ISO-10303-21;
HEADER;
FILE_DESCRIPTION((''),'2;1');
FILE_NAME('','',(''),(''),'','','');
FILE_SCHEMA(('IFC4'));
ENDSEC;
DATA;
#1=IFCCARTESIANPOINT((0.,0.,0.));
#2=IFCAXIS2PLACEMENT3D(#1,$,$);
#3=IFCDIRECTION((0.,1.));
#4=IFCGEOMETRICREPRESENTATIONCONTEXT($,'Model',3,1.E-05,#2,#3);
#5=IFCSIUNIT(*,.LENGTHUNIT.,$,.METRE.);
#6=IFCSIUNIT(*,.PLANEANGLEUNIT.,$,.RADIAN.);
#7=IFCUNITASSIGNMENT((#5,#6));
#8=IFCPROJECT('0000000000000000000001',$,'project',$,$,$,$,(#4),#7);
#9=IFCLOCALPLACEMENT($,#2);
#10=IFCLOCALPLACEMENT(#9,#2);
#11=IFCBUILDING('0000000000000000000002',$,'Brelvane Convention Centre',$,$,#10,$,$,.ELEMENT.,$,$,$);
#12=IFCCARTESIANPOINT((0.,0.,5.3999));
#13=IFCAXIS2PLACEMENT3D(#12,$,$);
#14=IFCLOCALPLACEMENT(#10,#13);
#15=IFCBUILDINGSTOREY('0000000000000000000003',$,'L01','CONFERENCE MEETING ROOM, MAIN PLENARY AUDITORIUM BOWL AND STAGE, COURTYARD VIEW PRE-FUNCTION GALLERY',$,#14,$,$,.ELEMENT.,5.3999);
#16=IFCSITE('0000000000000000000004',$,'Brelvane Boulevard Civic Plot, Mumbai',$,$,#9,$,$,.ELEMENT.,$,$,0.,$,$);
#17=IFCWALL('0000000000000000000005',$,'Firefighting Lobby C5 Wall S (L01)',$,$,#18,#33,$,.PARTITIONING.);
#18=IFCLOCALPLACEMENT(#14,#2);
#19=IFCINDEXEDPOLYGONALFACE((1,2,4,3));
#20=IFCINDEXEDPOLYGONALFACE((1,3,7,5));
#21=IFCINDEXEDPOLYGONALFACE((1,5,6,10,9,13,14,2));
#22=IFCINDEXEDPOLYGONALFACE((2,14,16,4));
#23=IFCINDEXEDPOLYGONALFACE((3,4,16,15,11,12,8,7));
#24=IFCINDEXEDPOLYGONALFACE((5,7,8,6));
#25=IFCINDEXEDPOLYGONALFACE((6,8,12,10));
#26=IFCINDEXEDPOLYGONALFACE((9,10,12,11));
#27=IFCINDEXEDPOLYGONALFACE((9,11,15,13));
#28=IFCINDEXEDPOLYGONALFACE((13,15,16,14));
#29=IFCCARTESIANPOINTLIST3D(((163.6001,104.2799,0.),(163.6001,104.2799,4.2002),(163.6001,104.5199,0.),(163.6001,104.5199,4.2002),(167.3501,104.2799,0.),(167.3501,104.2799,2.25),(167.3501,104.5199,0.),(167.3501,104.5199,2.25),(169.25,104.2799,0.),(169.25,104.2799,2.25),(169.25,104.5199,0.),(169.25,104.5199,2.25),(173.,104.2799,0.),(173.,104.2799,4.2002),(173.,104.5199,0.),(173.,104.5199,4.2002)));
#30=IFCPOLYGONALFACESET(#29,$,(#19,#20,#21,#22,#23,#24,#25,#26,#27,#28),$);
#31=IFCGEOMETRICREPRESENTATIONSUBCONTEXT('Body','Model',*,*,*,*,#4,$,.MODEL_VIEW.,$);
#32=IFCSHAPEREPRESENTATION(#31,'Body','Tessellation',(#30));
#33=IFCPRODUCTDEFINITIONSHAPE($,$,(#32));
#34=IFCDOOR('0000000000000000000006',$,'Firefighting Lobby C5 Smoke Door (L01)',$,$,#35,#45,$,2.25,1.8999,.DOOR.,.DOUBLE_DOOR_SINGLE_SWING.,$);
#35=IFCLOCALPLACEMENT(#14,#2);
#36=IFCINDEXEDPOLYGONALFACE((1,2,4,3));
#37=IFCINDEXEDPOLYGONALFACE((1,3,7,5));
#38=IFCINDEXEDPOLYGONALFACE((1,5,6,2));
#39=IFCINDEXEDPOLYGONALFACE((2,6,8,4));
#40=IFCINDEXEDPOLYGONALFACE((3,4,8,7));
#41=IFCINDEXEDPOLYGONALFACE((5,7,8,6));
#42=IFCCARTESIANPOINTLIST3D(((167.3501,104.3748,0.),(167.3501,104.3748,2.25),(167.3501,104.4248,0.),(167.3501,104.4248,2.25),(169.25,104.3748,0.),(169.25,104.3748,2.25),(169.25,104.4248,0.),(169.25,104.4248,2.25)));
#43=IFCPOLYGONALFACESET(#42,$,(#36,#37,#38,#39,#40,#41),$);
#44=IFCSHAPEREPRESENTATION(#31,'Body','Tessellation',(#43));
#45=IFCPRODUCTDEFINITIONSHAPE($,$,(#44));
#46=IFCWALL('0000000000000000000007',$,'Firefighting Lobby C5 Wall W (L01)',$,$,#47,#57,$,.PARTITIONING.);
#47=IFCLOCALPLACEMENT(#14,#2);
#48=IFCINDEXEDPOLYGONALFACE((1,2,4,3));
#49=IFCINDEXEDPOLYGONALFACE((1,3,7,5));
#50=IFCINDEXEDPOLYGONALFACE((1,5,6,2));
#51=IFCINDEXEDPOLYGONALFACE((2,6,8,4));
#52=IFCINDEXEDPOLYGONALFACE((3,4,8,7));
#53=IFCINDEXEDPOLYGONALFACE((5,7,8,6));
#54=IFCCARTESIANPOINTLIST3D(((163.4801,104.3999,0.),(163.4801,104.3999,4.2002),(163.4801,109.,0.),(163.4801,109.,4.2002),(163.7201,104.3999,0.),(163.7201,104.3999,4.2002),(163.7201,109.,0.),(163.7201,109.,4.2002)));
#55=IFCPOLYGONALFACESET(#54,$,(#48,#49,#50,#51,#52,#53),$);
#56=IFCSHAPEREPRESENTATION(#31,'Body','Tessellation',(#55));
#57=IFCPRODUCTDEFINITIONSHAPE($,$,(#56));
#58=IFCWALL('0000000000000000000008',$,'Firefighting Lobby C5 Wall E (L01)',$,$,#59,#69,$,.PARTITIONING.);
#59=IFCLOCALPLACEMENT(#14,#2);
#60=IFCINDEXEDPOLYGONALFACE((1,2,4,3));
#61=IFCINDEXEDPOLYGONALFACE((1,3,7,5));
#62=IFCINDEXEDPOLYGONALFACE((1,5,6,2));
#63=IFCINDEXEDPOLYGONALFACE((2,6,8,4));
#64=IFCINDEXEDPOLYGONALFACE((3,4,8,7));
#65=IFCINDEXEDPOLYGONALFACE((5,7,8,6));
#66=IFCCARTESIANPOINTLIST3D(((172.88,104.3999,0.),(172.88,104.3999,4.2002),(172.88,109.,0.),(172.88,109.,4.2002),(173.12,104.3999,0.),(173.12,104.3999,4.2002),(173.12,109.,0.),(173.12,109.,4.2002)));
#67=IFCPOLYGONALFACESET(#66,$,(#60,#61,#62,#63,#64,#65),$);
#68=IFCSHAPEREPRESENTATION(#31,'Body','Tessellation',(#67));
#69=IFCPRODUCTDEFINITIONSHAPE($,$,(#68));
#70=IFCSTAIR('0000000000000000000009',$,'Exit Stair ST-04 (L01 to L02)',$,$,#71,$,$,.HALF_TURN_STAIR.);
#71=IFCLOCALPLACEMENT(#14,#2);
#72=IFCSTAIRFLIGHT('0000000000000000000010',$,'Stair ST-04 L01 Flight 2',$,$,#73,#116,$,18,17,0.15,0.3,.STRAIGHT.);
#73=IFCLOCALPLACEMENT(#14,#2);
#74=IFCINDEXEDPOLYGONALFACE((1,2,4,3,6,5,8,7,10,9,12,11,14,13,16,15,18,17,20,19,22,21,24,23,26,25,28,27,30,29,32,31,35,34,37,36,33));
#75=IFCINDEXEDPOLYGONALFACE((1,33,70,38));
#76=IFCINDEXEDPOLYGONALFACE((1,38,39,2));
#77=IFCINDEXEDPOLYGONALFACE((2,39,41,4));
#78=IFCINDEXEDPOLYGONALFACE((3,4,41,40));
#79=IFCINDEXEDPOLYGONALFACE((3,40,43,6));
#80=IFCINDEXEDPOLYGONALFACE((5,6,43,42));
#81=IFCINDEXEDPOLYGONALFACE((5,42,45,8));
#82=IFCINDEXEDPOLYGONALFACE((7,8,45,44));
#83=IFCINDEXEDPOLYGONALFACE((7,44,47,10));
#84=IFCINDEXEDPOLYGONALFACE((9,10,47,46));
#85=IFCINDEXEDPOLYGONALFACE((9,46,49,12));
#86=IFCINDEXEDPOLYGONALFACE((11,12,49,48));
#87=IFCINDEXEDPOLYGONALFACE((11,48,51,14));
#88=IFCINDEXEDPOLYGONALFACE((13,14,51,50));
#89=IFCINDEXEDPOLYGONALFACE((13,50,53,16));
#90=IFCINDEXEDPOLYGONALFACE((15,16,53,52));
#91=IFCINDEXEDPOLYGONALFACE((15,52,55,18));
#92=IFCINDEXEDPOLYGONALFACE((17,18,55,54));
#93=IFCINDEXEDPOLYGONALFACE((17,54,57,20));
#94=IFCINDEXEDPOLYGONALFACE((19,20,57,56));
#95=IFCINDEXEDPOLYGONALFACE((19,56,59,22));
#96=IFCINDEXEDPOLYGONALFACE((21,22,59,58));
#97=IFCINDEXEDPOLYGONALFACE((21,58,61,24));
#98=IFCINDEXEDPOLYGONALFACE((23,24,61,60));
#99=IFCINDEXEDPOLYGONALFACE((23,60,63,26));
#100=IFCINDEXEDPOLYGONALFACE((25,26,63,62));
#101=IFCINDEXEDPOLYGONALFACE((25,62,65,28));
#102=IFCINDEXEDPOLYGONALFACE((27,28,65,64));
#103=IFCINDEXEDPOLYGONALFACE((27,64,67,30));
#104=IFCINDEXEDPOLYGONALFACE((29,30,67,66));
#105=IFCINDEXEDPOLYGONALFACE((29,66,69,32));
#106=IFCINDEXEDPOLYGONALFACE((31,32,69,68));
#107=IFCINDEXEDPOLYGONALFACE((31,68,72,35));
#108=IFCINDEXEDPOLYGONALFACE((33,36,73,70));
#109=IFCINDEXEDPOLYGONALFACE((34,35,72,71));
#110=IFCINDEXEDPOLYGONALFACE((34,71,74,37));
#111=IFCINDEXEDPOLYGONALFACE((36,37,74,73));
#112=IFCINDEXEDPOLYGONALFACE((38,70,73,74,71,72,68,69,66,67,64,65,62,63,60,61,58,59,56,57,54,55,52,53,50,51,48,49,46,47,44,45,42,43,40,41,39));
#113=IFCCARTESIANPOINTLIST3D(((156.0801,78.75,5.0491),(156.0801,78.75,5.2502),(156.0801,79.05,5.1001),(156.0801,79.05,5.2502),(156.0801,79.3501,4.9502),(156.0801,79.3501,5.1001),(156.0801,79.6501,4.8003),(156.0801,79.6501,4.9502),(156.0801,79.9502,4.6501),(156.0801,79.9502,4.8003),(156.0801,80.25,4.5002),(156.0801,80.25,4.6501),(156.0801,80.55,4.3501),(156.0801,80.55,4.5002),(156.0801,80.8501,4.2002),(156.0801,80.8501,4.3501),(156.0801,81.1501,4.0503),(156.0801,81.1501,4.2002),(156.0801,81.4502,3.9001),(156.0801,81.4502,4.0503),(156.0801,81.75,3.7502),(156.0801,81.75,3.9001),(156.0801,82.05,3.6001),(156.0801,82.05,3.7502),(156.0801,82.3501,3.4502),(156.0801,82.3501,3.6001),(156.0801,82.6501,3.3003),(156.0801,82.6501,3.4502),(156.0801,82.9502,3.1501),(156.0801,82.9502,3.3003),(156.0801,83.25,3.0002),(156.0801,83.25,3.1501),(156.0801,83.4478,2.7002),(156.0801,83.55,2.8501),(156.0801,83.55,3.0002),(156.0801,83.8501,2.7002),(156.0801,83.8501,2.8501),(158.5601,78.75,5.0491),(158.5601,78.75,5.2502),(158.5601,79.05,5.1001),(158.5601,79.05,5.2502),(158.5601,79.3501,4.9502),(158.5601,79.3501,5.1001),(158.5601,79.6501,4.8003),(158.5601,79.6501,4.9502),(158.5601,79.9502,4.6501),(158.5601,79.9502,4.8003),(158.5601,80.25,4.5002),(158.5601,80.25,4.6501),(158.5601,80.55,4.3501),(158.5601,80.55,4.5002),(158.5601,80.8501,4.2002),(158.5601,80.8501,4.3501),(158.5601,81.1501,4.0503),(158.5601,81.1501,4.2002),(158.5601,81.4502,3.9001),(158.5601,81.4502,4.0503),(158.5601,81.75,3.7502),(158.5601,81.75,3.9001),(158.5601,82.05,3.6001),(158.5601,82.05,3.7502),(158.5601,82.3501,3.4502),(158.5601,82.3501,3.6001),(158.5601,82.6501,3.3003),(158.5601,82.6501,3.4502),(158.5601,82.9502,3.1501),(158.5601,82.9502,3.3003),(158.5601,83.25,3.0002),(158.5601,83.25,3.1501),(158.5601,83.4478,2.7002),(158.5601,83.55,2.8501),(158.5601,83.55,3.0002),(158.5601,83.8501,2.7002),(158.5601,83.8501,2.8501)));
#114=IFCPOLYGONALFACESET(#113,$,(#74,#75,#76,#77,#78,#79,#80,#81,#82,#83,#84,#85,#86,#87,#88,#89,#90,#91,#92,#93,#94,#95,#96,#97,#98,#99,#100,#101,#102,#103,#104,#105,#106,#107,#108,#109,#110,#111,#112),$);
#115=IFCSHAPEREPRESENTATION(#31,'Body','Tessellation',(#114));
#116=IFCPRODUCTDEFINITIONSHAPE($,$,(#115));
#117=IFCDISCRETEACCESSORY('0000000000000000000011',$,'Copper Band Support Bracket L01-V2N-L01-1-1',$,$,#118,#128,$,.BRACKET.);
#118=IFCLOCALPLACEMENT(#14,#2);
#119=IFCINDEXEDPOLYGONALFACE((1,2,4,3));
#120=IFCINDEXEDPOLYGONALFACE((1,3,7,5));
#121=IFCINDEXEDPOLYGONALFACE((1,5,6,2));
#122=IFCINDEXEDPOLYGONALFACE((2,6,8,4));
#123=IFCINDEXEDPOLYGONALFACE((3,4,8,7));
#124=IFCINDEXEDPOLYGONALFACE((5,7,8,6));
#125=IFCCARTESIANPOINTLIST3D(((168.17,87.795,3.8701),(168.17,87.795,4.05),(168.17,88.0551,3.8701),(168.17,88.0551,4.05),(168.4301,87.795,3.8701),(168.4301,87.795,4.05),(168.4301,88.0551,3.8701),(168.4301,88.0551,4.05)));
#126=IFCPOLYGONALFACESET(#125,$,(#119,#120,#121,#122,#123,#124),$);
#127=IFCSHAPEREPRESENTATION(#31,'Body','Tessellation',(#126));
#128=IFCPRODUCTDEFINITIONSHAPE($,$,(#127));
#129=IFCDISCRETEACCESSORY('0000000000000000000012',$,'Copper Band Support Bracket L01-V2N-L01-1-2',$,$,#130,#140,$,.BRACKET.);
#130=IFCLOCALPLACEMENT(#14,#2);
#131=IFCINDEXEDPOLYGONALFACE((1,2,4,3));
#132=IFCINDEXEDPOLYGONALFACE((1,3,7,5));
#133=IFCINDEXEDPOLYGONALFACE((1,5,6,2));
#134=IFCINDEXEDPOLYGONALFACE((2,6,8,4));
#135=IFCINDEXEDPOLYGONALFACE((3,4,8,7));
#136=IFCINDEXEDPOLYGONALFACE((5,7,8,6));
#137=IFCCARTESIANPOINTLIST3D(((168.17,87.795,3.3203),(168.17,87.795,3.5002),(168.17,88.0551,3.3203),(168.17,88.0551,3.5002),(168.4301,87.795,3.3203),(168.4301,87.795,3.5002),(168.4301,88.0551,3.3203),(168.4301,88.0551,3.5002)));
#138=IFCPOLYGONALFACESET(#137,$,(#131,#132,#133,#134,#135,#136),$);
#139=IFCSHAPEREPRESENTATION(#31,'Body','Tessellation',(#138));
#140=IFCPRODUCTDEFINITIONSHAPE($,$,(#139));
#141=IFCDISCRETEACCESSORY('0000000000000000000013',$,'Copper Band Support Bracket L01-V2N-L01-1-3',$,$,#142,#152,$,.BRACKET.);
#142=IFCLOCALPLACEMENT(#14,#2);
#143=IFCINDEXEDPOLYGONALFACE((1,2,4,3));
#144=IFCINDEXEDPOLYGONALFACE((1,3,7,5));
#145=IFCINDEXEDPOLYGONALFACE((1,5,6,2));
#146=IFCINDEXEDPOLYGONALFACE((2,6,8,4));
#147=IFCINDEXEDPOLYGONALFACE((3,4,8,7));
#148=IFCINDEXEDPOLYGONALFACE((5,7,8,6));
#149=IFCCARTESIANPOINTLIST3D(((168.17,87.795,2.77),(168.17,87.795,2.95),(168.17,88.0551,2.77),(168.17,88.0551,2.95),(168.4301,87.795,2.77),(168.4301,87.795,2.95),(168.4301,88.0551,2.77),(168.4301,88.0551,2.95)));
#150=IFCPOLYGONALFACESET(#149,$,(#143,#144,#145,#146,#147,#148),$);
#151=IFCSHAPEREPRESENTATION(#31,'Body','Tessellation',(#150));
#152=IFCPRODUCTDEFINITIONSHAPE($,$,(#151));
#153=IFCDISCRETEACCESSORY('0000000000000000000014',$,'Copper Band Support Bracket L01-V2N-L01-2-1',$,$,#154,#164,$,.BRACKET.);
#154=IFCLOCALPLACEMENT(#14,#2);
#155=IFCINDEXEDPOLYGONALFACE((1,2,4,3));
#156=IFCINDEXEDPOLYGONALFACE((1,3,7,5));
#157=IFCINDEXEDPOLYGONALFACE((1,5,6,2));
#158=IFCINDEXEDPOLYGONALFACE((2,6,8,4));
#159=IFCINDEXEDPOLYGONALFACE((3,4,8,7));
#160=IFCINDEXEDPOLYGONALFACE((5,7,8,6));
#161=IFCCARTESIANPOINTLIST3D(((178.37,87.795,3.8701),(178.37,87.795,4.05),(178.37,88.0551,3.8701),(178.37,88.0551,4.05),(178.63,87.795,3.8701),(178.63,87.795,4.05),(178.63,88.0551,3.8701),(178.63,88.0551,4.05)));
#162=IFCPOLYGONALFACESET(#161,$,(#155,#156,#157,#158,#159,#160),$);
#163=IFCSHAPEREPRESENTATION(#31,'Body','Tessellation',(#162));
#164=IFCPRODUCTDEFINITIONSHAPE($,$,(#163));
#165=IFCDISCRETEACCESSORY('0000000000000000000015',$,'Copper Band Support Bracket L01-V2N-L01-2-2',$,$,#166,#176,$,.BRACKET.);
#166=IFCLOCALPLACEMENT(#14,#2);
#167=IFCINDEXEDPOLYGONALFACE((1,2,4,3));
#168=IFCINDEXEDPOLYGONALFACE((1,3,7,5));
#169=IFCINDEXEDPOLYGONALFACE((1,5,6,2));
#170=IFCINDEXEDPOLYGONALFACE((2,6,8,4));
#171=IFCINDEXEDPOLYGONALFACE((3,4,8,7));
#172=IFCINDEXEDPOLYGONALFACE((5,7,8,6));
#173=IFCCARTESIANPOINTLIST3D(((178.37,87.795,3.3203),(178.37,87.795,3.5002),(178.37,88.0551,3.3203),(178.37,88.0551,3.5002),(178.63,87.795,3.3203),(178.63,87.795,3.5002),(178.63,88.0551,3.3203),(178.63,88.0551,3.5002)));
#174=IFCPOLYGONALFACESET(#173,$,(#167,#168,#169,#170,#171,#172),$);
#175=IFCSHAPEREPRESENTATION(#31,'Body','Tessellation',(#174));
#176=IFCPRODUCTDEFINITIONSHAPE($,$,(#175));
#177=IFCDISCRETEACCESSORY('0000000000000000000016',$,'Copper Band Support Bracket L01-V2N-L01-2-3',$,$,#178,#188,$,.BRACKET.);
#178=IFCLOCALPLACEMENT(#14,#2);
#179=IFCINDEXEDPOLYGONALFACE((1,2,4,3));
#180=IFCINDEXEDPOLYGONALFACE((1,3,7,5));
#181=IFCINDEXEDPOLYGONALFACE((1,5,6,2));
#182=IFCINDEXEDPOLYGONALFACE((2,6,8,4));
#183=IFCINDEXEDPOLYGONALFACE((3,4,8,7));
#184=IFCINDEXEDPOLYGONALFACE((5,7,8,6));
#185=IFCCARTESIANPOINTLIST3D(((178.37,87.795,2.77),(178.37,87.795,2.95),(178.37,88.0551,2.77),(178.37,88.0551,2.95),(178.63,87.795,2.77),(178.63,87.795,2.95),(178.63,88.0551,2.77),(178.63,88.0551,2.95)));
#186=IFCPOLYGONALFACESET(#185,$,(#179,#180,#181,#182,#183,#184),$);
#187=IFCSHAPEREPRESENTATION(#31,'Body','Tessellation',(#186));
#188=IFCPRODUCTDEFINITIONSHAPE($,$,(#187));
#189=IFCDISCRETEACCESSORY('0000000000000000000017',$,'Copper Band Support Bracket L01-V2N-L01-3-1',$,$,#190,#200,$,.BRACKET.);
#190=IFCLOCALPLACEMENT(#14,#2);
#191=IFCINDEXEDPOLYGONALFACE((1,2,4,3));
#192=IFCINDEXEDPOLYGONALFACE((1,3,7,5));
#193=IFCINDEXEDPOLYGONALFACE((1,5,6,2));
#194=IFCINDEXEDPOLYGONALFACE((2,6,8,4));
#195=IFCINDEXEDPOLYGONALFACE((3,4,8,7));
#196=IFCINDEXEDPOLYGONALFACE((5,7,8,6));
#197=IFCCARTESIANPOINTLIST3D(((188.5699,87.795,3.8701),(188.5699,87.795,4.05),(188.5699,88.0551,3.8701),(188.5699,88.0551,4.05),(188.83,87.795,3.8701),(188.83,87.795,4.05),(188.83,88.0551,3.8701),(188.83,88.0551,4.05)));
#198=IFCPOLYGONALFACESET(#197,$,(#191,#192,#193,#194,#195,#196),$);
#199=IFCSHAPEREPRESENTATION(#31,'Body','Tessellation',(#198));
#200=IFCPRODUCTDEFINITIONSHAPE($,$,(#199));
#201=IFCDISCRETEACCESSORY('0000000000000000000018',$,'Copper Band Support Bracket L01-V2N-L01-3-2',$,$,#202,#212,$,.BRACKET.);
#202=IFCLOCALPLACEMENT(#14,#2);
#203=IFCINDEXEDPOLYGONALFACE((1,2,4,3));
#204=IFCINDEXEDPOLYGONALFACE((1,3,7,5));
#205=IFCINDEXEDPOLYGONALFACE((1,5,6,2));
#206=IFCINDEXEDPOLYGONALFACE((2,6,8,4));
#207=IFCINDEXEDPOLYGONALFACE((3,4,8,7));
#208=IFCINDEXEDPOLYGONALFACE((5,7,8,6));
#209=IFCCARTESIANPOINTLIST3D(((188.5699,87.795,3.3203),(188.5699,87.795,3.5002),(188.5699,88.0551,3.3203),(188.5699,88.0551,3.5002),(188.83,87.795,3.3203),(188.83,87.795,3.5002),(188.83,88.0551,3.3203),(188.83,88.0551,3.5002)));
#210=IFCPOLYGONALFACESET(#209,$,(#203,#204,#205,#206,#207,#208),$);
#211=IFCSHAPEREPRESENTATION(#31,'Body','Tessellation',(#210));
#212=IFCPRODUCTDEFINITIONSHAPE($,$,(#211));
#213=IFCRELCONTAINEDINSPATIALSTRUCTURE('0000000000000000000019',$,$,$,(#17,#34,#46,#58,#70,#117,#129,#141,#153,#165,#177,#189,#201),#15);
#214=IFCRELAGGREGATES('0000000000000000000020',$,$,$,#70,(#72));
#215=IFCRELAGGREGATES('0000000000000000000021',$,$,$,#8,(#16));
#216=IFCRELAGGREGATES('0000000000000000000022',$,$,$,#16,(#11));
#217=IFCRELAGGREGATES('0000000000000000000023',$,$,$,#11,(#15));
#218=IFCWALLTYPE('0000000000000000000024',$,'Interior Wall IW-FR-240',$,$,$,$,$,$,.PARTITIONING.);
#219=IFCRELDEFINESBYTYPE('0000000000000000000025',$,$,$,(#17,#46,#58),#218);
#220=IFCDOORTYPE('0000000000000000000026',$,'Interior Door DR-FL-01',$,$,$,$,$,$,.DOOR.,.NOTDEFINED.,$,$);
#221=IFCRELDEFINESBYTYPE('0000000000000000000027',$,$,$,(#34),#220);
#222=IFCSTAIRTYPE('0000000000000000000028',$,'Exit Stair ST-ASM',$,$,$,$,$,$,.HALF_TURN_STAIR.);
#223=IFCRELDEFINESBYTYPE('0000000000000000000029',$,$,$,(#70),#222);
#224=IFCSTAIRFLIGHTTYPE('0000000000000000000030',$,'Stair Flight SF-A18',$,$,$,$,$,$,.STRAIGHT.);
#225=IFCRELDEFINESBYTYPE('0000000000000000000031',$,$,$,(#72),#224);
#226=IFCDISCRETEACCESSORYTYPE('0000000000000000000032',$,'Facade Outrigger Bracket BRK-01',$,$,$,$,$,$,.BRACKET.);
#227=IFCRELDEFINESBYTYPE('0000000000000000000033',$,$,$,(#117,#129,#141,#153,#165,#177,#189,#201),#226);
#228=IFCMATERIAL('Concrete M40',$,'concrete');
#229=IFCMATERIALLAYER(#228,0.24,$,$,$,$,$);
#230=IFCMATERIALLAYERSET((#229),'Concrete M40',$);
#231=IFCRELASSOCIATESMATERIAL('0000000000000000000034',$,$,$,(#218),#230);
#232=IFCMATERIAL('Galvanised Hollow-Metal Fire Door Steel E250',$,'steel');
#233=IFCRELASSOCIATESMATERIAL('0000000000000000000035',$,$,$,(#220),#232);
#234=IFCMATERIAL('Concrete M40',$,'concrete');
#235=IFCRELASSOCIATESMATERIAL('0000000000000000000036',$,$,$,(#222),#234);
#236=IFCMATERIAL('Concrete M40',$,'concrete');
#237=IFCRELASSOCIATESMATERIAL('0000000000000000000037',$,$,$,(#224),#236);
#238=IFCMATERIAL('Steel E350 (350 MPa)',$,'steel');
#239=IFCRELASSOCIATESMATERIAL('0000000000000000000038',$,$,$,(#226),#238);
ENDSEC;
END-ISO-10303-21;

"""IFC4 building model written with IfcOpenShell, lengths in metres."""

from ifc_helpers import new_model, si_unit, direction, frame, frame_2d, origin, origin_2d, place, context, subcontext, project, spatial, polyline, rectangle, outline, extrude, material, layer, layer_set, type_object, element, fill, aggregate, save


model = new_model("IFC4")

# Units and contexts
model_context = context("Model", 3, precision=1e-05, world=origin(), true_north=direction((0.0, 1.0)))
body_context = subcontext(model_context, "Body", "Model", "MODEL_VIEW")
ifc_project = project(units=[si_unit("LENGTHUNIT", "METRE"), si_unit("PLANEANGLEUNIT", "RADIAN")], contexts=[model_context])

# Site, building, storey
site_placement = place(None, origin())
site = spatial("IfcSite", under=ifc_project, at=site_placement, Name="Brelvane Boulevard Civic Plot, Mumbai", CompositionType="ELEMENT", RefElevation=0.0)
building_placement = place(site_placement, origin())
building = spatial("IfcBuilding", under=site, at=building_placement, Name="Brelvane Convention Centre", CompositionType="ELEMENT")
storey_placement = place(building_placement, frame((0.0, 0.0, 5.3999)))
storey = spatial("IfcBuildingStorey", under=building, at=storey_placement, Name="L01", Description="CONFERENCE MEETING ROOM, MAIN PLENARY AUDITORIUM BOWL AND STAGE, COURTYARD VIEW PRE-FUNCTION GALLERY", CompositionType="ELEMENT", Elevation=5.3999)

# Wall, opening, door
ifc_material_1 = material(Name="Concrete M40", Category="concrete")
ifc_layer_1 = layer(ifc_material_1, 0.24)
ifc_layer_set_1 = layer_set([ifc_layer_1], Name="Concrete M40")
wall_type_1 = type_object("IfcWallType", Name="Interior Wall IW-FR-240", PredefinedType="PARTITIONING", material=ifc_layer_set_1)
wall_1_placement = place(storey_placement, frame((163.6001, 104.3999, 0.0), z_axis=(0.0, 0.0, 1.0), x_axis=(1.0, 0.0, 0.0)))
wall_1 = element("IfcWall", 1, at=wall_1_placement, inside=storey, type_object=wall_type_1, Name="Firefighting Lobby C5 Wall S (L01)", PredefinedType="PARTITIONING", context=body_context, shape_type="SweptSolid", body=[
    extrude(rectangle(XDim=9.3999, YDim=0.24, at=frame_2d((4.7, 0.0))), origin(), (0.0, 0.0, 1.0), 4.2002),
])
opening_placement = place(wall_1_placement, frame((3.75, 0.0, 0.0)))
opening = element("IfcOpeningElement", 2, at=opening_placement, cuts=wall_1, PredefinedType="OPENING", context=body_context, shape_type="SweptSolid", body=[
    extrude(rectangle(XDim=1.8999, YDim=2.25, at=frame_2d((0.95, 1.125))), frame((0.0, 0.1299, 0.0), z_axis=(0.0, -1.0, 0.0), x_axis=(1.0, 0.0, 0.0)), (0.0, 0.0, 1.0), 0.26),
])
ifc_material_2 = material(Name="Galvanised Hollow-Metal Fire Door Steel E250", Category="steel")
door_type = type_object("IfcDoorType", Name="Interior Door DR-FL-01", OperationType="NOTDEFINED", PredefinedType="DOOR", material=ifc_material_2)
door_placement = place(opening_placement, origin())
door = element("IfcDoor", 3, at=door_placement, inside=storey, type_object=door_type, Name="Firefighting Lobby C5 Smoke Door (L01)", OperationType="DOUBLE_DOOR_SINGLE_SWING", OverallHeight=2.25, OverallWidth=1.8999, PredefinedType="DOOR", context=body_context, shape_type="SweptSolid", body=[
    extrude(rectangle(XDim=1.8999, YDim=2.25, at=frame_2d((0.95, 1.125))), frame((0.0, 0.0249, 0.0), z_axis=(0.0, -1.0, 0.0), x_axis=(1.0, 0.0, 0.0)), (0.0, 0.0, 1.0), 0.05),
])
fill(opening, door)

# Walls
for number, where, z_axis, x_axis, name in (
    (4, (163.6001, 104.3999, 0.0), (0.0, 0.0, 1.0), (0.0, 1.0, 0.0), "Firefighting Lobby C5 Wall W (L01)"),
    (5, (173.0, 104.3999, 0.0), (0.0, 0.0, 1.0), (0.0, 1.0, 0.0), "Firefighting Lobby C5 Wall E (L01)"),
):
    element("IfcWall", number, at=place(storey_placement, frame(where, z_axis=z_axis, x_axis=x_axis)), inside=storey, type_object=wall_type_1, Name=name, PredefinedType="PARTITIONING", context=body_context, shape_type="SweptSolid", body=[
        extrude(rectangle(XDim=4.6001, YDim=0.24, at=frame_2d((2.3, 0.0))), origin(), (0.0, 0.0, 1.0), 4.2002),
    ])

# Stair, stair flight
ifc_material_3 = material(Name="Concrete M40", Category="concrete")
stair_type = type_object("IfcStairType", Name="Exit Stair ST-ASM", PredefinedType="HALF_TURN_STAIR", material=ifc_material_3)
stair_placement = place(storey_placement, origin())
stair = element("IfcStair", 6, at=stair_placement, inside=storey, type_object=stair_type, Name="Exit Stair ST-04 (L01 to L02)", PredefinedType="HALF_TURN_STAIR")
ifc_material_4 = material(Name="Concrete M40", Category="concrete")
stair_flight_type = type_object("IfcStairFlightType", Name="Stair Flight SF-A18", PredefinedType="STRAIGHT", material=ifc_material_4)
stair_flight_placement = place(storey_placement, frame((157.3201, 83.8501, 2.7002), z_axis=(0.0, 0.0, 1.0), x_axis=(0.0, -1.0, 0.0)))
stair_flight = element("IfcStairFlight", 7, at=stair_flight_placement, type_object=stair_flight_type, Name="Stair ST-04 L01 Flight 2", NumberOfRisers=18, NumberOfTreads=17, PredefinedType="STRAIGHT", RiserHeight=0.15, TreadLength=0.3, context=body_context, shape_type="SweptSolid", body=[
    extrude(outline(polyline([(0.0, 0.0), (0.0, 0.1499), (0.3, 0.1499), (0.3, 0.3), (0.6001, 0.3), (0.6001, 0.45), (0.8999, 0.45), (0.8999, 0.6001), (1.2, 0.6001), (1.2, 0.75), (1.5, 0.75), (1.5, 0.8999), (1.8, 0.8999), (1.8, 1.05), (2.1001, 1.05), (2.1001, 1.2), (2.3999, 1.2), (2.3999, 1.3501), (2.7, 1.3501), (2.7, 1.5), (3.0, 1.5), (3.0, 1.6499), (3.3, 1.6499), (3.3, 1.8), (3.6001, 1.8), (3.6001, 1.95), (3.8999, 1.95), (3.8999, 2.1001), (4.2, 2.1001), (4.2, 2.25), (4.5, 2.25), (4.5, 2.3999), (4.8, 2.3999), (4.8, 2.55), (5.1001, 2.55), (5.1001, 2.7), (5.1001, 2.3489), (0.4023, 0.0), (0.0, 0.0)])), frame((0.0, 1.24, 0.0), z_axis=(0.0, -1.0, 0.0), x_axis=(1.0, 0.0, 0.0)), (0.0, 0.0, 1.0), 2.48),
])
aggregate(stair, [stair_flight])

# Discrete accessories
ifc_material_5 = material(Name="Steel E350 (350 MPa)", Category="steel")
discrete_accessory_type = type_object("IfcDiscreteAccessoryType", Name="Facade Outrigger Bracket BRK-01", PredefinedType="BRACKET", material=ifc_material_5)
for number, where, z_axis, x_axis, name in (
    (8, (168.3, 87.925, 3.8701), (0.0, 0.0, 1.0), (1.0, 0.0, 0.0), "Copper Band Support Bracket L01-V2N-L01-1-1"),
    (9, (168.3, 87.925, 3.3203), (0.0, 0.0, 1.0), (1.0, 0.0, 0.0), "Copper Band Support Bracket L01-V2N-L01-1-2"),
    (10, (168.3, 87.925, 2.77), (0.0, 0.0, 1.0), (1.0, 0.0, 0.0), "Copper Band Support Bracket L01-V2N-L01-1-3"),
    (11, (178.5, 87.925, 3.8701), (0.0, 0.0, 1.0), (1.0, 0.0, 0.0), "Copper Band Support Bracket L01-V2N-L01-2-1"),
    (12, (178.5, 87.925, 3.3203), (0.0, 0.0, 1.0), (1.0, 0.0, 0.0), "Copper Band Support Bracket L01-V2N-L01-2-2"),
    (13, (178.5, 87.925, 2.77), (0.0, 0.0, 1.0), (1.0, 0.0, 0.0), "Copper Band Support Bracket L01-V2N-L01-2-3"),
    (14, (188.7, 87.925, 3.8701), (0.0, 0.0, 1.0), (1.0, 0.0, 0.0), "Copper Band Support Bracket L01-V2N-L01-3-1"),
    (15, (188.7, 87.925, 3.3203), (0.0, 0.0, 1.0), (1.0, 0.0, 0.0), "Copper Band Support Bracket L01-V2N-L01-3-2"),
):
    element("IfcDiscreteAccessory", number, at=place(storey_placement, frame(where, z_axis=z_axis, x_axis=x_axis)), inside=storey, type_object=discrete_accessory_type, Name=name, PredefinedType="BRACKET", context=body_context, shape_type="SweptSolid", body=[
        extrude(rectangle(XDim=0.26, YDim=0.26, at=origin_2d()), origin(), (0.0, 0.0, 1.0), 0.1799),
    ])

save(model, "model.ifc")
